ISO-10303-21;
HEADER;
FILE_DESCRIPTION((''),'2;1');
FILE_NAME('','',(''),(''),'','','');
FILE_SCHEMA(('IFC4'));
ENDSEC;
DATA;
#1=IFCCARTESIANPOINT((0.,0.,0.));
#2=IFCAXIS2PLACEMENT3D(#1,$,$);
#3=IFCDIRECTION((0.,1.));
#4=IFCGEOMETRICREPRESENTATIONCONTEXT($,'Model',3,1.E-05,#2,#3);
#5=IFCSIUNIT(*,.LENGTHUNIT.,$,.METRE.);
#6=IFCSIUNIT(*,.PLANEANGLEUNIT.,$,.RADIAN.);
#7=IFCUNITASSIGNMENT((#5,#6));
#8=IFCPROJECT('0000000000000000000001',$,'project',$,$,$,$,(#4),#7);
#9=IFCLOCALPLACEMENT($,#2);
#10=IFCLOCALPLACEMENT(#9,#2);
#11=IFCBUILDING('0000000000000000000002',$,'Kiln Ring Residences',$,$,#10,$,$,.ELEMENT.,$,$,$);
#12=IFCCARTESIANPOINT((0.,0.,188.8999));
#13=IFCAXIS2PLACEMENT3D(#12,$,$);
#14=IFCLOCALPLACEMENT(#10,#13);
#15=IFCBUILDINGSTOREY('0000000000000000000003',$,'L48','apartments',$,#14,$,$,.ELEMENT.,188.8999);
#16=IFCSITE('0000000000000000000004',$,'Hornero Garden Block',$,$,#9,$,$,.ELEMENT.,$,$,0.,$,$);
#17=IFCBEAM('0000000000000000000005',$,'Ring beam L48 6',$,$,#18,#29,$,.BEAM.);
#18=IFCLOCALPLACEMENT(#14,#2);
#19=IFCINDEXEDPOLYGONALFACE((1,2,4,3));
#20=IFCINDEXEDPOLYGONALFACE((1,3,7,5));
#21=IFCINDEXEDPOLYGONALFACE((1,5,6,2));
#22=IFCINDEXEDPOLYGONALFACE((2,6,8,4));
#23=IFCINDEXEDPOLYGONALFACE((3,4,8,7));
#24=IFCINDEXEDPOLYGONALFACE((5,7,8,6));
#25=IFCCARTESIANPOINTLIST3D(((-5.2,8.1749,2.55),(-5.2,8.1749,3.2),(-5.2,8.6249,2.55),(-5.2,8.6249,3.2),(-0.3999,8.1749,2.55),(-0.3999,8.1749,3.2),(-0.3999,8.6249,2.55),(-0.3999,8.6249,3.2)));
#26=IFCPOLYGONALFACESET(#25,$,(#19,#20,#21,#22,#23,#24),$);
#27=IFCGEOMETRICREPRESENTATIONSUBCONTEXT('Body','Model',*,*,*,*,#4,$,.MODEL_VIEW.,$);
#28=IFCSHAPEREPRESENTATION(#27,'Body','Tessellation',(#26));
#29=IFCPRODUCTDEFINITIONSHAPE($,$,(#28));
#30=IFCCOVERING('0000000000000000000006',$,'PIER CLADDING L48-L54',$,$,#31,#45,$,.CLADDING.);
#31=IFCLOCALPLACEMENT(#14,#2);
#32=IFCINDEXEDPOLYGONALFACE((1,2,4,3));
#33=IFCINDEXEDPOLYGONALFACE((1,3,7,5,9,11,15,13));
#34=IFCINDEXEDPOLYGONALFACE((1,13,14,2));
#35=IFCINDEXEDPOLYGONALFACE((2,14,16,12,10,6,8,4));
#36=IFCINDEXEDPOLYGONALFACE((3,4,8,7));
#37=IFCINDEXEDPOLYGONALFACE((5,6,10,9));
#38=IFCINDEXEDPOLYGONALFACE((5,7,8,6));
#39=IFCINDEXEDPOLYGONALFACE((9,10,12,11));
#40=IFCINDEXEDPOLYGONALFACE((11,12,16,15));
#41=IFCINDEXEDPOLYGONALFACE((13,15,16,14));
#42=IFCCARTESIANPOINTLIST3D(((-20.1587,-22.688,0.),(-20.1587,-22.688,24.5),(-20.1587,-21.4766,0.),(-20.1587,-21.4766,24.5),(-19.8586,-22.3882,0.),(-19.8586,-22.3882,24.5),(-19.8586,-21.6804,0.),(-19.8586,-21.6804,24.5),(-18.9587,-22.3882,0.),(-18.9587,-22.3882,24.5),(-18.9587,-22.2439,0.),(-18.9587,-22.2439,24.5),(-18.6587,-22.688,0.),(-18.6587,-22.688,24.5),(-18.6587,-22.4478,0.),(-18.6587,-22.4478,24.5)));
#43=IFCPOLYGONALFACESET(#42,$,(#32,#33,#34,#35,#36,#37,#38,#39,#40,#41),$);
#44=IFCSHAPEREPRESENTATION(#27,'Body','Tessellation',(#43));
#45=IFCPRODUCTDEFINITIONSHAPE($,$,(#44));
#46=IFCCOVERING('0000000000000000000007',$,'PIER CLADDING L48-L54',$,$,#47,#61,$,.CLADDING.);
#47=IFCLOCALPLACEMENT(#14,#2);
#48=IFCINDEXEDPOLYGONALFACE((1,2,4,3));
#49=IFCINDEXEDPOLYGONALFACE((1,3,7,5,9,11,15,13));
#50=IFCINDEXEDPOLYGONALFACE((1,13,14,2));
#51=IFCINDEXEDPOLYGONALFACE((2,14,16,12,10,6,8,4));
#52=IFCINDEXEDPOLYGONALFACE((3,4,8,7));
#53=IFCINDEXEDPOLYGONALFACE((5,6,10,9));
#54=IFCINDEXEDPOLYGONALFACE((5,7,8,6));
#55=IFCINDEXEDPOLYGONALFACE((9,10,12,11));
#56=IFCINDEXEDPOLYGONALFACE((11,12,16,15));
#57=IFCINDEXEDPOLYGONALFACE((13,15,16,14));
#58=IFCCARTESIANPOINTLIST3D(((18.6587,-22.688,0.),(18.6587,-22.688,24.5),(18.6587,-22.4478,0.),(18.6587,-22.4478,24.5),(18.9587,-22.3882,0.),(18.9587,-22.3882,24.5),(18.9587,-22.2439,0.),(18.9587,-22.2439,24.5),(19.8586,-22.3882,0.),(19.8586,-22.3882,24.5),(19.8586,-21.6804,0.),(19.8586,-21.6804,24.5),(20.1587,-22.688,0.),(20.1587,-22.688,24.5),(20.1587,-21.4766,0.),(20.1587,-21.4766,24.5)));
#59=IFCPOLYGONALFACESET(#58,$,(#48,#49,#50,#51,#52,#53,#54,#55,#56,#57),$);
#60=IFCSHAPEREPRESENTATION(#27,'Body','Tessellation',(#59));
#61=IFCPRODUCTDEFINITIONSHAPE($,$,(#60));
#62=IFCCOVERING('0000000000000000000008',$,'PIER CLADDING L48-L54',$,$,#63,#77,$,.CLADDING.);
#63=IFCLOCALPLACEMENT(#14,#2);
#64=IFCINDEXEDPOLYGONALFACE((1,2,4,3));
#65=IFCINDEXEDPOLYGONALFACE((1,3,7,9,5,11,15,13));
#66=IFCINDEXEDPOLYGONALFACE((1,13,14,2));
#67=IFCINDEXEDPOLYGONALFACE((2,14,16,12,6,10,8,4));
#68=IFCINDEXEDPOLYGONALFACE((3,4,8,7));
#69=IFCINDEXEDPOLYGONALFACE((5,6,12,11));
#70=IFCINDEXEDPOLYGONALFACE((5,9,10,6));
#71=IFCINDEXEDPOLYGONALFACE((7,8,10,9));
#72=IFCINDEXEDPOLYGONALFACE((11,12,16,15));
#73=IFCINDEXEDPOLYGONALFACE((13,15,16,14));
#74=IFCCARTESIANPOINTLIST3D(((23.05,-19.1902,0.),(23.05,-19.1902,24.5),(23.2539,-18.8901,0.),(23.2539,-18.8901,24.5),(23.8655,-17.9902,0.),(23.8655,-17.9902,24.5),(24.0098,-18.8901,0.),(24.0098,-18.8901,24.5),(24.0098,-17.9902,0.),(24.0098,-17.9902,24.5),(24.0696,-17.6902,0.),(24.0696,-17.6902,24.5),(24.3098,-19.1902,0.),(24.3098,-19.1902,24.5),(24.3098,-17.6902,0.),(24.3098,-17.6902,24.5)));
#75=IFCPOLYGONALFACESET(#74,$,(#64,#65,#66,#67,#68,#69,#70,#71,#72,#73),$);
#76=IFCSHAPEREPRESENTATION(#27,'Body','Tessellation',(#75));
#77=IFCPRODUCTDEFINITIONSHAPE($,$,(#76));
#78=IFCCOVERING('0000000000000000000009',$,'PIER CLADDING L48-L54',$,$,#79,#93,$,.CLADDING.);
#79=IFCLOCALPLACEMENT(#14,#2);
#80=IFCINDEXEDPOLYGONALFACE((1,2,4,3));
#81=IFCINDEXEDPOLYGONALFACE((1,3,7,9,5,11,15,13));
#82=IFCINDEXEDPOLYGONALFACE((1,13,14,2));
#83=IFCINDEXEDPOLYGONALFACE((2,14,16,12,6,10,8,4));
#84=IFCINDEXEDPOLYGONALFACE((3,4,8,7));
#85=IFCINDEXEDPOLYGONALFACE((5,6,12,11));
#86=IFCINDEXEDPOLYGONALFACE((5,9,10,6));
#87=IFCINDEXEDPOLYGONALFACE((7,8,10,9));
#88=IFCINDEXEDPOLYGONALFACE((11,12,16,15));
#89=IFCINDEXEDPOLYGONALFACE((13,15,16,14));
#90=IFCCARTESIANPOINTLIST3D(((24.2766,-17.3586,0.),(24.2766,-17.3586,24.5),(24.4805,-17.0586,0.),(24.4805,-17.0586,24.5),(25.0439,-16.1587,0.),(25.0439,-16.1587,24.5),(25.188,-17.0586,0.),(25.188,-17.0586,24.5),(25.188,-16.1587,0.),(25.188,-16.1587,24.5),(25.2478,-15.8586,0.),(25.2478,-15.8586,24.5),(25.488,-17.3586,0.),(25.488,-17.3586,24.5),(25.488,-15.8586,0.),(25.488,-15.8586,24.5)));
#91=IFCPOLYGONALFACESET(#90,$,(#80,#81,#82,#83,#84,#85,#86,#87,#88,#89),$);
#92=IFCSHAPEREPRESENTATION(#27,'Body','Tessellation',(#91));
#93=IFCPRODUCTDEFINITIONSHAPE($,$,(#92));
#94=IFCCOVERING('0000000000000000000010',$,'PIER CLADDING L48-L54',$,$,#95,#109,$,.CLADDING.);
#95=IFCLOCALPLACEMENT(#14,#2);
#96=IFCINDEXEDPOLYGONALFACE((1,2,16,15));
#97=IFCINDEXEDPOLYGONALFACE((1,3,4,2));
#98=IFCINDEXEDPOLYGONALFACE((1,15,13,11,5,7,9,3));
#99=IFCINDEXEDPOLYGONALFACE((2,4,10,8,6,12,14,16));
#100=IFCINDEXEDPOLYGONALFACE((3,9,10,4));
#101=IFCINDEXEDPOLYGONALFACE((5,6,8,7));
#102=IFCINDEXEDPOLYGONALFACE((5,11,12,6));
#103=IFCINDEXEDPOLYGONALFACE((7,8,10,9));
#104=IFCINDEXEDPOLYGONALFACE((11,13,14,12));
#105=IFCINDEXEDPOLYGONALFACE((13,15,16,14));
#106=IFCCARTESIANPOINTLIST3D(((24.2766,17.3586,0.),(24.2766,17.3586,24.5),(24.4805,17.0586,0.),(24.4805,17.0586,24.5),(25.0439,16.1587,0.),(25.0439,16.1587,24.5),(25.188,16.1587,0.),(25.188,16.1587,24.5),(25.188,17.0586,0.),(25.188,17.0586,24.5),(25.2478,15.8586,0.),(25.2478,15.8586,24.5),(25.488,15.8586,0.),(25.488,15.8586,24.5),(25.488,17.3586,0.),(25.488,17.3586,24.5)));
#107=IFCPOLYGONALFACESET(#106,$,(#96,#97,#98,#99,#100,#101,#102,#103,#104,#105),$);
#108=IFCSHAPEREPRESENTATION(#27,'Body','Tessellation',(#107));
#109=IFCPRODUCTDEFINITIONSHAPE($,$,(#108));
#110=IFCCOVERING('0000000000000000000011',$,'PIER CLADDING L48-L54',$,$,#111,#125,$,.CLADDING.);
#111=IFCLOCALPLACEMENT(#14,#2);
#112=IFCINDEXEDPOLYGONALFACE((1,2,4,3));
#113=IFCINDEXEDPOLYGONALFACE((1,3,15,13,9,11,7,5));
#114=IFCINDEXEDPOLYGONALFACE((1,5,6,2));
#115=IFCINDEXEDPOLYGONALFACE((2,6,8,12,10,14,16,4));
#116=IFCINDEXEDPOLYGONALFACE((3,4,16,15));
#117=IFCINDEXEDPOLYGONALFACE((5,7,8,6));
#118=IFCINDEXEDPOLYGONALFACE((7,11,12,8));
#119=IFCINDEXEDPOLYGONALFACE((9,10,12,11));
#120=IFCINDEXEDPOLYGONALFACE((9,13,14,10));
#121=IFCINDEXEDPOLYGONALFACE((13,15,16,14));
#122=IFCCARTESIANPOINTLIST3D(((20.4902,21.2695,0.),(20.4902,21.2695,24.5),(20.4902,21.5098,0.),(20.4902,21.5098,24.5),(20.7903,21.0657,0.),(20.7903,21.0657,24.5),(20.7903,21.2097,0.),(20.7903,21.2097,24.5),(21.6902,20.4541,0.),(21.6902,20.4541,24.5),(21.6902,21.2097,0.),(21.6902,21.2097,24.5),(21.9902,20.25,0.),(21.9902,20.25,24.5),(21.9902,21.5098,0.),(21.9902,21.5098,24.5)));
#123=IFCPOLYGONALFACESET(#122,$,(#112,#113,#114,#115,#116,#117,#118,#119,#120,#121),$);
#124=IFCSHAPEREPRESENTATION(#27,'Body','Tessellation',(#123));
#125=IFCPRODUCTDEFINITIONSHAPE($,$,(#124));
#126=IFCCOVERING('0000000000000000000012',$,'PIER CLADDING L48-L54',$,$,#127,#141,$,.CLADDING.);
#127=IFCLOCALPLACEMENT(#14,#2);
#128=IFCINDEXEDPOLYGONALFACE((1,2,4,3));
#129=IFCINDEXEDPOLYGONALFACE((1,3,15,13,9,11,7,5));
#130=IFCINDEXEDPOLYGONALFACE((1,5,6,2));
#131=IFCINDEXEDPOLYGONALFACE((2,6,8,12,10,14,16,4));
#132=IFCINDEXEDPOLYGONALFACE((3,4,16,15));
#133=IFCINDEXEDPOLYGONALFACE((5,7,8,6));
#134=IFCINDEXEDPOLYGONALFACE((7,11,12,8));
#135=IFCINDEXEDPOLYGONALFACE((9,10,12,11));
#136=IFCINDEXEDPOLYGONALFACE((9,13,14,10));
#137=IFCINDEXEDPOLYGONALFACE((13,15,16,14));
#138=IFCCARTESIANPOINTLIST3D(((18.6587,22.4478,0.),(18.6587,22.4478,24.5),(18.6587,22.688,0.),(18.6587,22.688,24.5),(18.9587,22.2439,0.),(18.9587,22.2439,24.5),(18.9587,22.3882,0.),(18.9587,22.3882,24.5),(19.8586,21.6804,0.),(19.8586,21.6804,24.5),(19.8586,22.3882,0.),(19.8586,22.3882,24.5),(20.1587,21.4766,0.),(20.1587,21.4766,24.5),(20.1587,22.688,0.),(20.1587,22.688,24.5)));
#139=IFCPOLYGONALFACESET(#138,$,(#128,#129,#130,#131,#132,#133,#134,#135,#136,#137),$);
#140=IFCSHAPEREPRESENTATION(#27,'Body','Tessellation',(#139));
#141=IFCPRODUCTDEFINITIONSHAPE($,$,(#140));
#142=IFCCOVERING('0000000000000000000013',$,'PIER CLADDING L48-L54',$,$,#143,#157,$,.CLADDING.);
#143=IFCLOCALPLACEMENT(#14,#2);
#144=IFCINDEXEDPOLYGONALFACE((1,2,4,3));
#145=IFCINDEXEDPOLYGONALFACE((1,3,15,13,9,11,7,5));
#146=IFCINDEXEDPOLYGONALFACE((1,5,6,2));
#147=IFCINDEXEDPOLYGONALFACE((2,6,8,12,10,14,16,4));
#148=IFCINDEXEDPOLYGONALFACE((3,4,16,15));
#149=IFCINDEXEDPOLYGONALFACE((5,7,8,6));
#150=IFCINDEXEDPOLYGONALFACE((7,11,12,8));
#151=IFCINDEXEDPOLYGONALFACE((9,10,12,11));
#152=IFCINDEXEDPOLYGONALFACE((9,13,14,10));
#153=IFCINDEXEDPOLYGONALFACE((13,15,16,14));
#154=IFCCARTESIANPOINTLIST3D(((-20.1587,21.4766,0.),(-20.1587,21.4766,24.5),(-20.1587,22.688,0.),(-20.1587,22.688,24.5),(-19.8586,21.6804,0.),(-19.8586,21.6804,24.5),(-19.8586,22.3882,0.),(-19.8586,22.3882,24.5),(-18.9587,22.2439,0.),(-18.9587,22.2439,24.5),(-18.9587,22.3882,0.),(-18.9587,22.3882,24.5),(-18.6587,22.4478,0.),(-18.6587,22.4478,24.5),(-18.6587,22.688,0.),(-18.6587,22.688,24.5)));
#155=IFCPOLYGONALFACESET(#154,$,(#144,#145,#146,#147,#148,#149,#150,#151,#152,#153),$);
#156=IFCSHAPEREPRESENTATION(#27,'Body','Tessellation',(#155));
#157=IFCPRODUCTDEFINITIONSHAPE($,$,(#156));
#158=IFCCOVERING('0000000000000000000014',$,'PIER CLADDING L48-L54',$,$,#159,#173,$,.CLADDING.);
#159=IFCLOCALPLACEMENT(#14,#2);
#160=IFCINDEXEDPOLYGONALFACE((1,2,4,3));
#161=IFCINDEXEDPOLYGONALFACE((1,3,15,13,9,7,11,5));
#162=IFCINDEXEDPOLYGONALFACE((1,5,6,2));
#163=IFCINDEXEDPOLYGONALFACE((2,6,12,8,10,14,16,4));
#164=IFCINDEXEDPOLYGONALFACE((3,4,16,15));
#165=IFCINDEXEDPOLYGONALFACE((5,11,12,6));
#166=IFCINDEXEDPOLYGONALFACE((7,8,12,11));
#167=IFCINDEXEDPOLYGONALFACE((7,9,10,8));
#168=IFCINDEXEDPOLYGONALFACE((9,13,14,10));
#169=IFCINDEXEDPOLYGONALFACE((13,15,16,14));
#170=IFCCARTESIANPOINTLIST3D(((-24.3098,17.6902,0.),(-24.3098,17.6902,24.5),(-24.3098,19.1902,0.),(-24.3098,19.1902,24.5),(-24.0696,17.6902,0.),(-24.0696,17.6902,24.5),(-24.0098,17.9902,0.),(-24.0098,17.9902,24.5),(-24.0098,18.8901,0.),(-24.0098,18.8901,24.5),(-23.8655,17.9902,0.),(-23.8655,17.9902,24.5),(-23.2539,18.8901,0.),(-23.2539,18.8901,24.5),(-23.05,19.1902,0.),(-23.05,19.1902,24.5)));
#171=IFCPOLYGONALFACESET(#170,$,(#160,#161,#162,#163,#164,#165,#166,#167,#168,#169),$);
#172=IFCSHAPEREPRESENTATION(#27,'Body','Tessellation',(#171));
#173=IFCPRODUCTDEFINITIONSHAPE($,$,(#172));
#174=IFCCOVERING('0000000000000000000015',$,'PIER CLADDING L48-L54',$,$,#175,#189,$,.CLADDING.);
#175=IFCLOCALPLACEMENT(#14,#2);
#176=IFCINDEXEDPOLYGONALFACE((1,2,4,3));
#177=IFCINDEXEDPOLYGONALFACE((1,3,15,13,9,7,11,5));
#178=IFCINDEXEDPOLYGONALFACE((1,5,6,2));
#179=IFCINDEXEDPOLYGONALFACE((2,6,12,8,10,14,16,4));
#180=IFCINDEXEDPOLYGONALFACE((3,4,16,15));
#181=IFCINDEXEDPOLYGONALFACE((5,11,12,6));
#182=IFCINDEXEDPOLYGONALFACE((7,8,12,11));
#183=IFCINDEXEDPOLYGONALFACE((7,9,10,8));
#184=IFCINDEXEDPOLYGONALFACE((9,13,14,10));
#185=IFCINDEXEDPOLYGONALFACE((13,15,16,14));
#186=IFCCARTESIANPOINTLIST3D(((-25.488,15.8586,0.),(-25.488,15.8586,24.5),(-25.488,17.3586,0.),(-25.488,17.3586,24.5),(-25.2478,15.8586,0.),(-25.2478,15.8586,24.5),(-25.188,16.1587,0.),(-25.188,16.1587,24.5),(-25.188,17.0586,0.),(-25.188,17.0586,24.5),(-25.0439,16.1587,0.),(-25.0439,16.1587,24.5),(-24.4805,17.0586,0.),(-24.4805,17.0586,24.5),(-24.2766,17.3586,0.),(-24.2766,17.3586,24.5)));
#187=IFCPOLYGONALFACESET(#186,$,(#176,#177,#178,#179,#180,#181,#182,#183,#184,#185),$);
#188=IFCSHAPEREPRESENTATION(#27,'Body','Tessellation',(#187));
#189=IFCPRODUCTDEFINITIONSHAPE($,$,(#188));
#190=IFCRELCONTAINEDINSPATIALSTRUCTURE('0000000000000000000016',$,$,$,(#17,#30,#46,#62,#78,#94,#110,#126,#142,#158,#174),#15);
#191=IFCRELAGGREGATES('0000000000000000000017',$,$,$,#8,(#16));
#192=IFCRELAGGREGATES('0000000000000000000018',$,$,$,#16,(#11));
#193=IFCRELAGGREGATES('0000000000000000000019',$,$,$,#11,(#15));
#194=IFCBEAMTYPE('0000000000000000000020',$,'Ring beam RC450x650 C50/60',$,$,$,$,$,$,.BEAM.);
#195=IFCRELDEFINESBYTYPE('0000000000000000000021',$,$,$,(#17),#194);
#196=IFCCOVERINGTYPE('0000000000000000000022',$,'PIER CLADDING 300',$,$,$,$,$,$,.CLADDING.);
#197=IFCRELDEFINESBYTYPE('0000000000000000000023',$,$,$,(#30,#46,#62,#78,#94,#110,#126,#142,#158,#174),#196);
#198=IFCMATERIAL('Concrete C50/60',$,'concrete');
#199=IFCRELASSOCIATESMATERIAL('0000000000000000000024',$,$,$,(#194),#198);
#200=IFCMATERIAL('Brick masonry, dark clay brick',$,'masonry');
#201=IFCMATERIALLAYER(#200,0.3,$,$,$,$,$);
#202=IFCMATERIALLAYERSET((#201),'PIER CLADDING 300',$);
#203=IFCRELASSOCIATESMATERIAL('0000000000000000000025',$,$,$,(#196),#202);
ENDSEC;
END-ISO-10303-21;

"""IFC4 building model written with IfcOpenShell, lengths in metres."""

from ifc_helpers import new_model, si_unit, direction, frame, origin, origin_2d, place, context, subcontext, project, spatial, polyline, rectangle, outline, extrude, material, layer, layer_set, material_profile, profile_set, type_object, element, save


model = new_model("IFC4")

# Units and contexts
model_context = context("Model", 3, precision=1e-05, world=origin(), true_north=direction((0.0, 1.0)))
body_context = subcontext(model_context, "Body", "Model", "MODEL_VIEW")
ifc_project = project(units=[si_unit("LENGTHUNIT", "METRE"), si_unit("PLANEANGLEUNIT", "RADIAN")], contexts=[model_context])

# Site, building, storey
site_placement = place(None, origin())
site = spatial("IfcSite", under=ifc_project, at=site_placement, Name="Hornero Garden Block", CompositionType="ELEMENT", RefElevation=0.0)
building_placement = place(site_placement, origin())
building = spatial("IfcBuilding", under=site, at=building_placement, Name="Kiln Ring Residences", CompositionType="ELEMENT")
storey_placement = place(building_placement, frame((0.0, 0.0, 188.8999)))
storey = spatial("IfcBuildingStorey", under=building, at=storey_placement, Name="L48", Description="apartments", CompositionType="ELEMENT", Elevation=188.8999)

# Beam
ifc_material_1 = material(Name="Concrete C50/60", Category="concrete")
ifc_material_profile = material_profile(ifc_material_1, rectangle(XDim=0.45, YDim=0.6499, at=origin_2d()), Name="RC450x650")
ifc_profile_set = profile_set([ifc_material_profile], Name="Concrete C50/60")
beam_type = type_object("IfcBeamType", Name="Ring beam RC450x650 C50/60", PredefinedType="BEAM", material=ifc_profile_set)
beam_placement = place(storey_placement, frame((-5.2, 8.3999, 2.875), z_axis=(1.0, 0.0, 0.0), x_axis=(0.0, 1.0, 0.0)))
element("IfcBeam", 1, at=beam_placement, inside=storey, type_object=beam_type, Name="Ring beam L48 6", PredefinedType="BEAM", context=body_context, shape_type="SweptSolid", body=[
    extrude(rectangle(XDim=0.45, YDim=0.6499, at=origin_2d()), origin(), (0.0, 0.0, 1.0), 4.8),
])

# Coverings
ifc_material_2 = material(Name="Brick masonry, dark clay brick", Category="masonry")
ifc_layer = layer(ifc_material_2, 0.3)
ifc_layer_set = layer_set([ifc_layer], Name="PIER CLADDING 300")
covering_type = type_object("IfcCoveringType", Name="PIER CLADDING 300", PredefinedType="CLADDING", material=ifc_layer_set)
placement = place(storey_placement, origin())
element("IfcCovering", 2, at=placement, inside=storey, type_object=covering_type, Name="PIER CLADDING L48-L54", PredefinedType="CLADDING", context=body_context, shape_type="SweptSolid", body=[
    extrude(outline(polyline([(-19.8586, -22.3882), (-19.8586, -21.6804), (-20.1587, -21.4766), (-20.1587, -22.688), (-18.6587, -22.688), (-18.6587, -22.4478), (-18.9587, -22.2439), (-18.9587, -22.3882), (-19.8586, -22.3882)])), origin(), (0.0, 0.0, 1.0), 24.5),
])
element("IfcCovering", 3, at=placement, inside=storey, type_object=covering_type, Name="PIER CLADDING L48-L54", PredefinedType="CLADDING", context=body_context, shape_type="SweptSolid", body=[
    extrude(outline(polyline([(18.9587, -22.2439), (18.6587, -22.4478), (18.6587, -22.688), (20.1587, -22.688), (20.1587, -21.4766), (19.8586, -21.6804), (19.8586, -22.3882), (18.9587, -22.3882), (18.9587, -22.2439)])), origin(), (0.0, 0.0, 1.0), 24.5),
])
element("IfcCovering", 4, at=placement, inside=storey, type_object=covering_type, Name="PIER CLADDING L48-L54", PredefinedType="CLADDING", context=body_context, shape_type="SweptSolid", body=[
    extrude(outline(polyline([(24.3098, -19.1902), (24.3098, -17.6902), (24.0696, -17.6902), (23.8655, -17.9902), (24.0098, -17.9902), (24.0098, -18.8901), (23.2539, -18.8901), (23.05, -19.1902), (24.3098, -19.1902)])), origin(), (0.0, 0.0, 1.0), 24.5),
])
element("IfcCovering", 5, at=placement, inside=storey, type_object=covering_type, Name="PIER CLADDING L48-L54", PredefinedType="CLADDING", context=body_context, shape_type="SweptSolid", body=[
    extrude(outline(polyline([(25.488, -17.3586), (25.488, -15.8586), (25.2478, -15.8586), (25.0439, -16.1587), (25.188, -16.1587), (25.188, -17.0586), (24.4805, -17.0586), (24.2766, -17.3586), (25.488, -17.3586)])), origin(), (0.0, 0.0, 1.0), 24.5),
])
element("IfcCovering", 6, at=placement, inside=storey, type_object=covering_type, Name="PIER CLADDING L48-L54", PredefinedType="CLADDING", context=body_context, shape_type="SweptSolid", body=[
    extrude(outline(polyline([(25.488, 15.8586), (25.488, 17.3586), (24.2766, 17.3586), (24.4805, 17.0586), (25.188, 17.0586), (25.188, 16.1587), (25.0439, 16.1587), (25.2478, 15.8586), (25.488, 15.8586)])), origin(), (0.0, 0.0, 1.0), 24.5),
])
element("IfcCovering", 7, at=placement, inside=storey, type_object=covering_type, Name="PIER CLADDING L48-L54", PredefinedType="CLADDING", context=body_context, shape_type="SweptSolid", body=[
    extrude(outline(polyline([(21.9902, 21.5098), (20.4902, 21.5098), (20.4902, 21.2695), (20.7903, 21.0657), (20.7903, 21.2097), (21.6902, 21.2097), (21.6902, 20.4541), (21.9902, 20.25), (21.9902, 21.5098)])), origin(), (0.0, 0.0, 1.0), 24.5),
])
element("IfcCovering", 8, at=placement, inside=storey, type_object=covering_type, Name="PIER CLADDING L48-L54", PredefinedType="CLADDING", context=body_context, shape_type="SweptSolid", body=[
    extrude(outline(polyline([(20.1587, 22.688), (18.6587, 22.688), (18.6587, 22.4478), (18.9587, 22.2439), (18.9587, 22.3882), (19.8586, 22.3882), (19.8586, 21.6804), (20.1587, 21.4766), (20.1587, 22.688)])), origin(), (0.0, 0.0, 1.0), 24.5),
])
element("IfcCovering", 9, at=placement, inside=storey, type_object=covering_type, Name="PIER CLADDING L48-L54", PredefinedType="CLADDING", context=body_context, shape_type="SweptSolid", body=[
    extrude(outline(polyline([(-18.6587, 22.688), (-20.1587, 22.688), (-20.1587, 21.4766), (-19.8586, 21.6804), (-19.8586, 22.3882), (-18.9587, 22.3882), (-18.9587, 22.2439), (-18.6587, 22.4478), (-18.6587, 22.688)])), origin(), (0.0, 0.0, 1.0), 24.5),
])
element("IfcCovering", 10, at=placement, inside=storey, type_object=covering_type, Name="PIER CLADDING L48-L54", PredefinedType="CLADDING", context=body_context, shape_type="SweptSolid", body=[
    extrude(outline(polyline([(-23.05, 19.1902), (-24.3098, 19.1902), (-24.3098, 17.6902), (-24.0696, 17.6902), (-23.8655, 17.9902), (-24.0098, 17.9902), (-24.0098, 18.8901), (-23.2539, 18.8901), (-23.05, 19.1902)])), origin(), (0.0, 0.0, 1.0), 24.5),
])
element("IfcCovering", 11, at=placement, inside=storey, type_object=covering_type, Name="PIER CLADDING L48-L54", PredefinedType="CLADDING", context=body_context, shape_type="SweptSolid", body=[
    extrude(outline(polyline([(-24.2766, 17.3586), (-25.488, 17.3586), (-25.488, 15.8586), (-25.2478, 15.8586), (-25.0439, 16.1587), (-25.188, 16.1587), (-25.188, 17.0586), (-24.4805, 17.0586), (-24.2766, 17.3586)])), origin(), (0.0, 0.0, 1.0), 24.5),
])

save(model, "model.ifc")
